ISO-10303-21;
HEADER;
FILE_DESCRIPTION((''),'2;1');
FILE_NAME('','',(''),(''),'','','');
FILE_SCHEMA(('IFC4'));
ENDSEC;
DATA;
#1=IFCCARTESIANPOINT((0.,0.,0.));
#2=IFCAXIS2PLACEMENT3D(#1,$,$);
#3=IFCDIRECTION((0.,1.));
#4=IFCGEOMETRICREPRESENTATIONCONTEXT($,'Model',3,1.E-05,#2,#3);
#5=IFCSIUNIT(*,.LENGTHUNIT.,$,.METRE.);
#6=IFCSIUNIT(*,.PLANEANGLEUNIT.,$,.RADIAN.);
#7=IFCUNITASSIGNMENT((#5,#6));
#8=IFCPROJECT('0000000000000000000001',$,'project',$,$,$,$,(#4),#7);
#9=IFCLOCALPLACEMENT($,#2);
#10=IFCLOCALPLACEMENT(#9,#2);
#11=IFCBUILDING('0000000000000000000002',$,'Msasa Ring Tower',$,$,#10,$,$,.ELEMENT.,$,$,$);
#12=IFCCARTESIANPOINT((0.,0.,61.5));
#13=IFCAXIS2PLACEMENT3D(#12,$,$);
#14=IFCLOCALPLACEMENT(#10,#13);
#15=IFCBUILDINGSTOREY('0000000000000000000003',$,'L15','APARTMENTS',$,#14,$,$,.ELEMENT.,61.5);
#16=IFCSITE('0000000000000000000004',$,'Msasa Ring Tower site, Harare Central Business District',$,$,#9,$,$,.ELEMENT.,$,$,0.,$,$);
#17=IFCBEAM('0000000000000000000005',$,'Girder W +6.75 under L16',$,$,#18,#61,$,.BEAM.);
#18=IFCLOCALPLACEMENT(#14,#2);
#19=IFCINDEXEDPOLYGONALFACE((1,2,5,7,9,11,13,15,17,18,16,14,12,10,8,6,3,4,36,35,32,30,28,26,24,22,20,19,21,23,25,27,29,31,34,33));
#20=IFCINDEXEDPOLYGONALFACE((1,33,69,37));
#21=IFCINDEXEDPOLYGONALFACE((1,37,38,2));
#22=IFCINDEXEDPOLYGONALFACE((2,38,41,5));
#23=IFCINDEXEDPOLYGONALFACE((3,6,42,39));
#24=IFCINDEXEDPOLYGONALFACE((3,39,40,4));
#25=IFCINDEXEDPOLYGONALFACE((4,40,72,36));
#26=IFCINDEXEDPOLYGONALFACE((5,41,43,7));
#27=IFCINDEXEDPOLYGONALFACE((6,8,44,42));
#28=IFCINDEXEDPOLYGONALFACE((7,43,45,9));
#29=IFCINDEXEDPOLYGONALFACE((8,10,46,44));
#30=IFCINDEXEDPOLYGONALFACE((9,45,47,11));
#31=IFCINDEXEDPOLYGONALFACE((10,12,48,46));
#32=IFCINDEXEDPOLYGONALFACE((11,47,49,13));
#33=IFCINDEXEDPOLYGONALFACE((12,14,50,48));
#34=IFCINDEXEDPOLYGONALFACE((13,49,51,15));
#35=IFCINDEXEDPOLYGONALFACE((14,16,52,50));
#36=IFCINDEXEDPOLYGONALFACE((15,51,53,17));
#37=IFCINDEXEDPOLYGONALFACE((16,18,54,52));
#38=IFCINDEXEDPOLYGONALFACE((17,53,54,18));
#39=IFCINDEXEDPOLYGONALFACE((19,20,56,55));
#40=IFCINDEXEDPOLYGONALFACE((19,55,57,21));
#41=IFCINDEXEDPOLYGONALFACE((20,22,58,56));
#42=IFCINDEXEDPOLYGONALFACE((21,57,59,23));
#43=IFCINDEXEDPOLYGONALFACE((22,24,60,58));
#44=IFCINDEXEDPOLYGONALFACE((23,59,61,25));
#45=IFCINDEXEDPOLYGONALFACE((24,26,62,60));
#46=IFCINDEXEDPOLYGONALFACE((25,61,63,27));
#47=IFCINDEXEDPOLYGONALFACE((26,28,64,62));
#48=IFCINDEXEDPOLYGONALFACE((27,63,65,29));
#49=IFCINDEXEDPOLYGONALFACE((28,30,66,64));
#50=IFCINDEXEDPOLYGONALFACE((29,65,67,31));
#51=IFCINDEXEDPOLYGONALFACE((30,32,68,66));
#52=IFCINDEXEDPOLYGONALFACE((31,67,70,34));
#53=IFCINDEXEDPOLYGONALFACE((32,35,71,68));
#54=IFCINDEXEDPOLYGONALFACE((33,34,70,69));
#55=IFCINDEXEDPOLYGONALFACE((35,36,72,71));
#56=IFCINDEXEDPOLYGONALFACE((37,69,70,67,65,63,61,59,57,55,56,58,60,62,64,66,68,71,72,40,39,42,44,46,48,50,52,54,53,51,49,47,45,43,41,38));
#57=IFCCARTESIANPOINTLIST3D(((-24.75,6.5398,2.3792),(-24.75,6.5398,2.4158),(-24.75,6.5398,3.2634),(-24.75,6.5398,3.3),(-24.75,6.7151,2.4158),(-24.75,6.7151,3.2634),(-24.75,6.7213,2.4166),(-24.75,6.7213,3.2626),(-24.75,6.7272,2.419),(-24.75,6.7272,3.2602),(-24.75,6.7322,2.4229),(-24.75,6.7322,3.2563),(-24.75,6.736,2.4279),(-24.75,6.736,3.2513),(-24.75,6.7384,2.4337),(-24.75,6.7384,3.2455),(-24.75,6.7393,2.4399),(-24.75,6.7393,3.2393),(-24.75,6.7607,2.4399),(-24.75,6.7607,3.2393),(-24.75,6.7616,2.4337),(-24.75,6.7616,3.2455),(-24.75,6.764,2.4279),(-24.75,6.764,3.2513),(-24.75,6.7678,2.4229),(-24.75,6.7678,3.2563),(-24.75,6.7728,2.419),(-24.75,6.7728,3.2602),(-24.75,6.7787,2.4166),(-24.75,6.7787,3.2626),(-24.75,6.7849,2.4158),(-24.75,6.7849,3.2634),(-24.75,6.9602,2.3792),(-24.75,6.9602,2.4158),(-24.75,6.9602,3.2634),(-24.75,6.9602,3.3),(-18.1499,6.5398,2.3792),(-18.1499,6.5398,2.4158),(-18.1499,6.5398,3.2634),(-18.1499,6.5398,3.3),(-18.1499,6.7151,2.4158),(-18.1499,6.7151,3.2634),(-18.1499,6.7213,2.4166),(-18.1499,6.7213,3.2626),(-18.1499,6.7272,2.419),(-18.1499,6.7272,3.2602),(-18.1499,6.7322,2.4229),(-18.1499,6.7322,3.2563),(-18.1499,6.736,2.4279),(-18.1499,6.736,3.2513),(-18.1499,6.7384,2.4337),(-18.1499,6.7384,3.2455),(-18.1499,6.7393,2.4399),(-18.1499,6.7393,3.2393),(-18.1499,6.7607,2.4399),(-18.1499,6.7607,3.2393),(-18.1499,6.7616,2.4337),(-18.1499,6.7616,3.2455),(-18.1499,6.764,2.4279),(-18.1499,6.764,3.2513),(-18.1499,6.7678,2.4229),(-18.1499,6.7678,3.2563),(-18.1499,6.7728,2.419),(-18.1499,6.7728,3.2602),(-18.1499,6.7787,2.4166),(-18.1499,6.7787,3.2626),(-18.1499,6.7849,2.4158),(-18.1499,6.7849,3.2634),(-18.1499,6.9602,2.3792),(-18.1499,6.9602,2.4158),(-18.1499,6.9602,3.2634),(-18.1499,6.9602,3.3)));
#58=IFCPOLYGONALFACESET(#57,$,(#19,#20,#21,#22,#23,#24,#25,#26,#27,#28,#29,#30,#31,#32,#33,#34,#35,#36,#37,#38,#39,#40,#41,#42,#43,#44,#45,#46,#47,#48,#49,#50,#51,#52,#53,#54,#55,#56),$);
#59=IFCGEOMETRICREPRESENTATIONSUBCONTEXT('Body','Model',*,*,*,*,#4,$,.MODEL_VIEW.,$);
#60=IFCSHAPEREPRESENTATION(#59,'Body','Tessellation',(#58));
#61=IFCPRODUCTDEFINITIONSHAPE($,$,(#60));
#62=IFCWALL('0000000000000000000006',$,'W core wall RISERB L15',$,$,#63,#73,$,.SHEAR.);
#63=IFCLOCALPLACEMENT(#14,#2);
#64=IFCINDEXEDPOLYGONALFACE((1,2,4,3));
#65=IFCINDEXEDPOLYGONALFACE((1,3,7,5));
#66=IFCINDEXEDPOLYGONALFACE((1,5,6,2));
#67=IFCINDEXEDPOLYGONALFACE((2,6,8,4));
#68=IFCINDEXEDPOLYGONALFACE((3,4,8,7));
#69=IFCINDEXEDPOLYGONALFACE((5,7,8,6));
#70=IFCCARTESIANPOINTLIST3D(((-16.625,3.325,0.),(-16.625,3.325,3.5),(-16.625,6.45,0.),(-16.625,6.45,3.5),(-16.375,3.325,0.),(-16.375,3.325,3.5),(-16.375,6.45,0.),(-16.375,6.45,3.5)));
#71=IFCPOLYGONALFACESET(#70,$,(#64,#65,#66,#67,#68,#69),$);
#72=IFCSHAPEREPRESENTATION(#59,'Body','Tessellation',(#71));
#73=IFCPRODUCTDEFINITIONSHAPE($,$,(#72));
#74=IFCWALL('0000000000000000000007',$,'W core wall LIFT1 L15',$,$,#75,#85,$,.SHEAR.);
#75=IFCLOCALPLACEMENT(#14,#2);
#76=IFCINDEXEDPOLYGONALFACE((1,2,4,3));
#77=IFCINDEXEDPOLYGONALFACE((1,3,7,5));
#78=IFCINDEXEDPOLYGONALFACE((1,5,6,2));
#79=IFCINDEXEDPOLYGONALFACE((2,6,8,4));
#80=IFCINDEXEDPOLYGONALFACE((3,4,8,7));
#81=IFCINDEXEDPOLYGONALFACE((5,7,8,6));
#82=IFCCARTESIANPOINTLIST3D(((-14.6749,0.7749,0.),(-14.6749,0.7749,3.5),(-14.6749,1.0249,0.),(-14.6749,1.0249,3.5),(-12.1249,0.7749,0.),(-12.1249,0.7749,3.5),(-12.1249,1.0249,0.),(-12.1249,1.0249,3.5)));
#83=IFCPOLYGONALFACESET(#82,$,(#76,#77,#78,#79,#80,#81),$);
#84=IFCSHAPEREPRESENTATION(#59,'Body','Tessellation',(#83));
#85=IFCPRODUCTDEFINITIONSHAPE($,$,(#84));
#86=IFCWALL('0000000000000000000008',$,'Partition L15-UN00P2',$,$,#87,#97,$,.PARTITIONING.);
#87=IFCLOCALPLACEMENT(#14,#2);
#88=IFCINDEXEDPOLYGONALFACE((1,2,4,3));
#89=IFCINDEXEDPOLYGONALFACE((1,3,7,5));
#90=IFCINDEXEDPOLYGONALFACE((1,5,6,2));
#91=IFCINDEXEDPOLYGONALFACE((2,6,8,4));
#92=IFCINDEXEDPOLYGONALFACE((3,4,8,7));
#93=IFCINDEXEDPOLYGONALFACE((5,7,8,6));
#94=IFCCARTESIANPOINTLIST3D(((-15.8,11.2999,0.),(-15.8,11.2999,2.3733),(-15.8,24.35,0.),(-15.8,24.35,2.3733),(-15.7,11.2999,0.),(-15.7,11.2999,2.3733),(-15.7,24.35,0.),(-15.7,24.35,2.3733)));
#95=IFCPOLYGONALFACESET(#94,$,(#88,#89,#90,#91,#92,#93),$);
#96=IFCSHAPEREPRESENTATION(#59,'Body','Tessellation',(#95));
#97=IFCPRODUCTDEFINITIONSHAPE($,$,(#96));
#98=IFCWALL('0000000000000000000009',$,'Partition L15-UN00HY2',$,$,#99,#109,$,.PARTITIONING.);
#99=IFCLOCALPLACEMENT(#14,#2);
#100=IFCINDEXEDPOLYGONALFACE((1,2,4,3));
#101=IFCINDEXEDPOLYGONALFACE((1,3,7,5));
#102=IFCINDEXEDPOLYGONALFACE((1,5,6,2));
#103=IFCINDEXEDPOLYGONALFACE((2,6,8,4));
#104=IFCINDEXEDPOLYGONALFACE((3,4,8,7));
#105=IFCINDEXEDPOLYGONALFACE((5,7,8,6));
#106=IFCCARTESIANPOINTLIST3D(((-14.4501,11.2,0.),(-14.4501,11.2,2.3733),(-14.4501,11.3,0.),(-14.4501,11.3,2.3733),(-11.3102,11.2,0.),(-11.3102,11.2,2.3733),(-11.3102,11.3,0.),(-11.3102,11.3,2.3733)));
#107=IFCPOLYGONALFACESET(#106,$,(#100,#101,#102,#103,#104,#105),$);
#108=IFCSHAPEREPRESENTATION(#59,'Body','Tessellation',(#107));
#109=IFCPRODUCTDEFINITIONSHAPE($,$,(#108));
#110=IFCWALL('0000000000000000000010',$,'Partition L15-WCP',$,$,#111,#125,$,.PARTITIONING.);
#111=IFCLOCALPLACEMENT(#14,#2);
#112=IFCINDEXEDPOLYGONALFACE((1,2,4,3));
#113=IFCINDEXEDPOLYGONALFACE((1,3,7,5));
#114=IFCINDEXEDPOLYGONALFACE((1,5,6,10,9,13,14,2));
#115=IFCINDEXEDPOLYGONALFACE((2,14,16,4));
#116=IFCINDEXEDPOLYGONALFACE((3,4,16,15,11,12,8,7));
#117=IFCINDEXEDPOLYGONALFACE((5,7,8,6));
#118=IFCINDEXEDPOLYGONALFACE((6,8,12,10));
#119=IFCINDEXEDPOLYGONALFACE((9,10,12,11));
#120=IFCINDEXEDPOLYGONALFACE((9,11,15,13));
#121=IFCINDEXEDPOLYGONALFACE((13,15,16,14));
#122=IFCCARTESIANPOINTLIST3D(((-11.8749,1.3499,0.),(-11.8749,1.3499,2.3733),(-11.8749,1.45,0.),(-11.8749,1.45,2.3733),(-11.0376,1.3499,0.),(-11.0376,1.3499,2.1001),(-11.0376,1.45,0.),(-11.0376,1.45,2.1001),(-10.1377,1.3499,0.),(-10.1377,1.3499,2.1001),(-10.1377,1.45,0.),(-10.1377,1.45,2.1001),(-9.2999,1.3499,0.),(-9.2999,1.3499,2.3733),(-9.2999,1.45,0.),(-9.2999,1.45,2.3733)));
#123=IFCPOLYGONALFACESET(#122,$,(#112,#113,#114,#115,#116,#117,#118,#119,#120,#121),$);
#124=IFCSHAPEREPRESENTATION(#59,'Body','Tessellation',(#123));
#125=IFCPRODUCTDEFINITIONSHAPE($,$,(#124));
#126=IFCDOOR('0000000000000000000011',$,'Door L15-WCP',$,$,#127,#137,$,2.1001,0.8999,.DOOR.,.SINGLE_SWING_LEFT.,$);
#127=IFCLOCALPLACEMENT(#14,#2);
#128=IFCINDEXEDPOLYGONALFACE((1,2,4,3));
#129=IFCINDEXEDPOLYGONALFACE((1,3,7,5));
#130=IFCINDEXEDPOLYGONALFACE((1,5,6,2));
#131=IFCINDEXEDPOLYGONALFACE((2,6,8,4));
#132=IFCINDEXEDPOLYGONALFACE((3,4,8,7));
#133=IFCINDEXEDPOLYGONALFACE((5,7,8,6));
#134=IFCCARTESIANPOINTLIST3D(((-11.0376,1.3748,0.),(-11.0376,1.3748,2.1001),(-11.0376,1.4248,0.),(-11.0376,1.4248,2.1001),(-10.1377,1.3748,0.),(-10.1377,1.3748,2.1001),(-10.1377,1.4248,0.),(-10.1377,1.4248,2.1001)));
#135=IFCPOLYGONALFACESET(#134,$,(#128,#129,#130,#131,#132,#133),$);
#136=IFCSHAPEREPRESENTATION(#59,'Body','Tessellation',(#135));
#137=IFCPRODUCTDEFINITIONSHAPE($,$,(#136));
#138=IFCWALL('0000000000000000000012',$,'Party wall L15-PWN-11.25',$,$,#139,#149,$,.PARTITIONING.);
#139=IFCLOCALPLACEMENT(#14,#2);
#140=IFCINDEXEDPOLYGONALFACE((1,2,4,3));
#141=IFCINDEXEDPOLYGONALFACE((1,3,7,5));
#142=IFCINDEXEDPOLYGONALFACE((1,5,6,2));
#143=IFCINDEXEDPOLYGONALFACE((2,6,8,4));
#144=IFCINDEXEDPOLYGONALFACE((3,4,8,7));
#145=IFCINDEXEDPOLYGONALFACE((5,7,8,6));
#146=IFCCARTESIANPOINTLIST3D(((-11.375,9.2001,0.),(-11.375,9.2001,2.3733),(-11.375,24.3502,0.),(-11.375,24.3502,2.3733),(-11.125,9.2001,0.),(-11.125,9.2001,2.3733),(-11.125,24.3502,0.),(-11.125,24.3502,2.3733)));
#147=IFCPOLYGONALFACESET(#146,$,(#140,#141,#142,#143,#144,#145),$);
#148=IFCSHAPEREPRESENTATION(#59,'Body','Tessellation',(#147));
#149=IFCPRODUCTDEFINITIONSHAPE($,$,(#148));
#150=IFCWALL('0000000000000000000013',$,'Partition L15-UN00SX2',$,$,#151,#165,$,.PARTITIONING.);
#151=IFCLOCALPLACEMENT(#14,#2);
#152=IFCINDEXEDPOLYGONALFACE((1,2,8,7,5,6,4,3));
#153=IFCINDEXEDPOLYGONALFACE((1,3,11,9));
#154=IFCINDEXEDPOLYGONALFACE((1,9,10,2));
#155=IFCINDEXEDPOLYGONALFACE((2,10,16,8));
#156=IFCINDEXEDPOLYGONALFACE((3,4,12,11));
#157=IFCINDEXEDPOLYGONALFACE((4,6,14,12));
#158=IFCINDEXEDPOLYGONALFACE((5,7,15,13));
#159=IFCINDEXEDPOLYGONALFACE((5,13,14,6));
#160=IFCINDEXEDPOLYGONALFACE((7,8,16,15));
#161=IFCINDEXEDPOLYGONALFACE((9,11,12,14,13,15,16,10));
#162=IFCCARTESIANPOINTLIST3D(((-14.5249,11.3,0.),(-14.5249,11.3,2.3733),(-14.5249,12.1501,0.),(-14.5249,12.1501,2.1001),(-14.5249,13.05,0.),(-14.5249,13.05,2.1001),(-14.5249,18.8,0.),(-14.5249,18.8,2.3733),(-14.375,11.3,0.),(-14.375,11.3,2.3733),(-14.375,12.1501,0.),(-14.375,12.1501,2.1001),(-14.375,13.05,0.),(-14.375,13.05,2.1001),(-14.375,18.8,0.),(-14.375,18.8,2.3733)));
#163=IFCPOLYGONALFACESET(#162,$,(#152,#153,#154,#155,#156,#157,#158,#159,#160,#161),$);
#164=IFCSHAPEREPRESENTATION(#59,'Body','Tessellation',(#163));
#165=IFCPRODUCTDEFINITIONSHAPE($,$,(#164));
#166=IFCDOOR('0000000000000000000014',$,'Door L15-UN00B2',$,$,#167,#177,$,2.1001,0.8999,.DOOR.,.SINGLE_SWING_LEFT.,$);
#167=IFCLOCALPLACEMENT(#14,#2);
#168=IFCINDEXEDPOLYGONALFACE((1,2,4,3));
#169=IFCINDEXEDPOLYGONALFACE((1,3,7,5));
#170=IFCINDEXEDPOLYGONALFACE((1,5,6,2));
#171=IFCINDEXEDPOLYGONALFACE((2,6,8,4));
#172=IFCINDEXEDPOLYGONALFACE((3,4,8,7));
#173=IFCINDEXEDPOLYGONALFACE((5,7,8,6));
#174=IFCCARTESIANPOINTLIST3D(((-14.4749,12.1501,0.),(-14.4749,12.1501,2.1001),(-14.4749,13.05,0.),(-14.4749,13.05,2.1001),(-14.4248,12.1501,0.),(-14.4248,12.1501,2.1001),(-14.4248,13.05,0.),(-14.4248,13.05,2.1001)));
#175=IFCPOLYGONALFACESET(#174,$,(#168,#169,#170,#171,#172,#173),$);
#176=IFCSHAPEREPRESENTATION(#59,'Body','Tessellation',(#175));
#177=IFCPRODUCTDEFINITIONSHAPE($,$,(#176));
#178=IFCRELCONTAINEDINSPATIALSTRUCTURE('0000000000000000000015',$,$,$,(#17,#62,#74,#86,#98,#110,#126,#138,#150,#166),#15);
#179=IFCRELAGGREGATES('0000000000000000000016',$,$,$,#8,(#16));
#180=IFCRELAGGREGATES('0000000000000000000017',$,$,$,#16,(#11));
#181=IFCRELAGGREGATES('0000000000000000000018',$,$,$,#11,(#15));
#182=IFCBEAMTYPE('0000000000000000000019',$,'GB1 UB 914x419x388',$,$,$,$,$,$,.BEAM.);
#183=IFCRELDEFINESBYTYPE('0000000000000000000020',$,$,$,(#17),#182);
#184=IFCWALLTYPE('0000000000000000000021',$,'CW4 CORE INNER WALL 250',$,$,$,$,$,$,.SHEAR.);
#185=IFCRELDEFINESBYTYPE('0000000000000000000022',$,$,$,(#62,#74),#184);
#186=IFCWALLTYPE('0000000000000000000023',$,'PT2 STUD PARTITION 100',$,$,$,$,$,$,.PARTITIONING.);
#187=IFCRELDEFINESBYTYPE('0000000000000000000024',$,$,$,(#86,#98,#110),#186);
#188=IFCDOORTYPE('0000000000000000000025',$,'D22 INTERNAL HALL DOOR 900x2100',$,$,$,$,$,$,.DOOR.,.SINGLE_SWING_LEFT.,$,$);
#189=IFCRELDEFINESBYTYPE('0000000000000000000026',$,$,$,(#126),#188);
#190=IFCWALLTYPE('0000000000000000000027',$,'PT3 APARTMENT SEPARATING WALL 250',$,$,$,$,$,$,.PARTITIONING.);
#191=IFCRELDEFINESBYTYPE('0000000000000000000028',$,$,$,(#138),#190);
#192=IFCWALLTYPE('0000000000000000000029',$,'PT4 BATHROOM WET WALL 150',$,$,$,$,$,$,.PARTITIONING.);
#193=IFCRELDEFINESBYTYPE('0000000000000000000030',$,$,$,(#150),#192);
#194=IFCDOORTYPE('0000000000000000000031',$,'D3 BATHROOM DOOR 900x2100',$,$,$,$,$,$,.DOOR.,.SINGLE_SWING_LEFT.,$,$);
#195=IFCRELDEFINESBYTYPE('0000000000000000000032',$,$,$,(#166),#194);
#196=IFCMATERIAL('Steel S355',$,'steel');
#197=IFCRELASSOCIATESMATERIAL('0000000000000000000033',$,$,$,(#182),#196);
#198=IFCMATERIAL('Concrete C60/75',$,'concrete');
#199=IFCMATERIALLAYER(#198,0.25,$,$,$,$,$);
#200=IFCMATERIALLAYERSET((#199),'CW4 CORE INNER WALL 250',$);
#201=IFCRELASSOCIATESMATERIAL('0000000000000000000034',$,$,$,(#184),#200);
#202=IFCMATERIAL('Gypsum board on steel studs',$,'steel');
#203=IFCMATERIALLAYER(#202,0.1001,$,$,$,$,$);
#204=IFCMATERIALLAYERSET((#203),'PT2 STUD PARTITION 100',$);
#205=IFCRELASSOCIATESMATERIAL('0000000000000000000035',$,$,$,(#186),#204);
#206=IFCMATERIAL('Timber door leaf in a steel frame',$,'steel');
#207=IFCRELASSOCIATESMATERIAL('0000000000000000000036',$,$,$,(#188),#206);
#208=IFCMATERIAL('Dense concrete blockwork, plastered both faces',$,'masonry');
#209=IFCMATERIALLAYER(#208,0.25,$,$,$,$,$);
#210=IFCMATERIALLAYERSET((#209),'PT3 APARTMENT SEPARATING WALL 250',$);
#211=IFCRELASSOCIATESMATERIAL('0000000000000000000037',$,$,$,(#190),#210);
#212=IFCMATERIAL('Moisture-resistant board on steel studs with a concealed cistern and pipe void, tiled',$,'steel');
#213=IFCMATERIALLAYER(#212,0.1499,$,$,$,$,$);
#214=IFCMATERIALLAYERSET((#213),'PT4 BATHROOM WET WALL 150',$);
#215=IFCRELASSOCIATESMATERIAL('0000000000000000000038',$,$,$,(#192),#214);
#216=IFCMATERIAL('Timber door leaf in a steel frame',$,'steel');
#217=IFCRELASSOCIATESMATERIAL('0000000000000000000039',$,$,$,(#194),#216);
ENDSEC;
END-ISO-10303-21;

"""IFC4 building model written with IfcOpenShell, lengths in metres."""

from ifc_helpers import new_model, si_unit, direction, frame, frame_2d, origin, origin_2d, place, context, subcontext, project, spatial, rectangle, i_section, extrude, material, layer, layer_set, material_profile, profile_set, type_object, element, fill, save


model = new_model("IFC4")

# Units and contexts
model_context = context("Model", 3, precision=1e-05, world=origin(), true_north=direction((0.0, 1.0)))
body_context = subcontext(model_context, "Body", "Model", "MODEL_VIEW")
ifc_project = project(units=[si_unit("LENGTHUNIT", "METRE"), si_unit("PLANEANGLEUNIT", "RADIAN")], contexts=[model_context])

# Site, building, storey
site_placement = place(None, origin())
site = spatial("IfcSite", under=ifc_project, at=site_placement, Name="Msasa Ring Tower site, Harare Central Business District", CompositionType="ELEMENT", RefElevation=0.0)
building_placement = place(site_placement, origin())
building = spatial("IfcBuilding", under=site, at=building_placement, Name="Msasa Ring Tower", CompositionType="ELEMENT")
storey_placement = place(building_placement, frame((0.0, 0.0, 61.5)))
storey = spatial("IfcBuildingStorey", under=building, at=storey_placement, Name="L15", Description="APARTMENTS", CompositionType="ELEMENT", Elevation=61.5)

# Beam
ifc_material_1 = material(Name="Steel S355", Category="steel")
ifc_material_profile = material_profile(ifc_material_1, i_section(OverallWidth=0.4204, OverallDepth=0.9209, WebThickness=0.0215, FlangeThickness=0.0366, FilletRadius=0.0242, at=origin_2d()), Name="UB 914x419x388")
ifc_profile_set = profile_set([ifc_material_profile], Name="Steel S355")
beam_type = type_object("IfcBeamType", Name="GB1 UB 914x419x388", PredefinedType="BEAM", material=ifc_profile_set)
beam_placement = place(storey_placement, frame((-18.1499, 6.75, 2.8396), z_axis=(-1.0, 0.0, 0.0), x_axis=(0.0, -1.0, 0.0)))
element("IfcBeam", 1, at=beam_placement, inside=storey, type_object=beam_type, Name="Girder W +6.75 under L16", PredefinedType="BEAM", context=body_context, shape_type="SweptSolid", body=[
    extrude(i_section(OverallWidth=0.4204, OverallDepth=0.9209, WebThickness=0.0215, FlangeThickness=0.0366, FilletRadius=0.0242, at=origin_2d()), origin(), (0.0, 0.0, 1.0), 6.6001),
])

# Walls
ifc_material_2 = material(Name="Concrete C60/75", Category="concrete")
ifc_layer_1 = layer(ifc_material_2, 0.25)
ifc_layer_set_1 = layer_set([ifc_layer_1], Name="CW4 CORE INNER WALL 250")
wall_type_1 = type_object("IfcWallType", Name="CW4 CORE INNER WALL 250", PredefinedType="SHEAR", material=ifc_layer_set_1)
wall_1_placement = place(storey_placement, frame((-16.5, 3.325, 0.0), z_axis=(0.0, 0.0, 1.0), x_axis=(0.0, 1.0, 0.0)))
element("IfcWall", 2, at=wall_1_placement, inside=storey, type_object=wall_type_1, Name="W core wall RISERB L15", PredefinedType="SHEAR", context=body_context, shape_type="SweptSolid", body=[
    extrude(rectangle(XDim=3.125, YDim=0.25, at=frame_2d((1.5625, 0.0))), origin(), (0.0, 0.0, 1.0), 3.5),
])
wall_2_placement = place(storey_placement, frame((-12.125, 0.8999, 0.0), z_axis=(0.0, 0.0, 1.0), x_axis=(-1.0, 0.0, 0.0)))
element("IfcWall", 3, at=wall_2_placement, inside=storey, type_object=wall_type_1, Name="W core wall LIFT1 L15", PredefinedType="SHEAR", context=body_context, shape_type="SweptSolid", body=[
    extrude(rectangle(XDim=2.55, YDim=0.25, at=frame_2d((1.2749, 0.0))), origin(), (0.0, 0.0, 1.0), 3.5),
])
ifc_material_3 = material(Name="Gypsum board on steel studs", Category="steel")
ifc_layer_2 = layer(ifc_material_3, 0.1001)
ifc_layer_set_2 = layer_set([ifc_layer_2], Name="PT2 STUD PARTITION 100")
wall_type_2 = type_object("IfcWallType", Name="PT2 STUD PARTITION 100", PredefinedType="PARTITIONING", material=ifc_layer_set_2)
wall_3_placement = place(storey_placement, frame((-15.75, 11.3, 0.0), z_axis=(0.0, 0.0, 1.0), x_axis=(0.0, 1.0, 0.0)))
element("IfcWall", 4, at=wall_3_placement, inside=storey, type_object=wall_type_2, Name="Partition L15-UN00P2", PredefinedType="PARTITIONING", context=body_context, shape_type="SweptSolid", body=[
    extrude(rectangle(XDim=13.05, YDim=0.1001, at=frame_2d((6.5249, 0.0))), origin(), (0.0, 0.0, 1.0), 2.3733),
])
wall_4_placement = place(storey_placement, frame((-14.45, 11.25, 0.0), z_axis=(0.0, 0.0, 1.0), x_axis=(1.0, 0.0, 0.0)))
element("IfcWall", 5, at=wall_4_placement, inside=storey, type_object=wall_type_2, Name="Partition L15-UN00HY2", PredefinedType="PARTITIONING", context=body_context, shape_type="SweptSolid", body=[
    extrude(rectangle(XDim=3.1399, YDim=0.1001, at=frame_2d((1.5698, 0.0))), origin(), (0.0, 0.0, 1.0), 2.3733),
])

# Wall, opening, door
wall_5_placement = place(storey_placement, frame((-11.875, 1.3999, 0.0), z_axis=(0.0, 0.0, 1.0), x_axis=(1.0, 0.0, 0.0)))
wall_5 = element("IfcWall", 6, at=wall_5_placement, inside=storey, type_object=wall_type_2, Name="Partition L15-WCP", PredefinedType="PARTITIONING", context=body_context, shape_type="SweptSolid", body=[
    extrude(rectangle(XDim=2.575, YDim=0.1001, at=frame_2d((1.2876, 0.0))), origin(), (0.0, 0.0, 1.0), 2.3733),
])
opening_1_placement = place(wall_5_placement, frame((0.8374, 0.0, 0.0)))
opening_1 = element("IfcOpeningElement", 7, at=opening_1_placement, cuts=wall_5, PredefinedType="OPENING", context=body_context, shape_type="SweptSolid", body=[
    extrude(rectangle(XDim=0.8999, YDim=2.1001, at=frame_2d((0.45, 1.05))), frame((0.0, 0.0601, 0.0), z_axis=(0.0, -1.0, 0.0), x_axis=(1.0, 0.0, 0.0)), (0.0, 0.0, 1.0), 0.1201),
])
ifc_material_4 = material(Name="Timber door leaf in a steel frame", Category="steel")
door_type_1 = type_object("IfcDoorType", Name="D22 INTERNAL HALL DOOR 900x2100", OperationType="SINGLE_SWING_LEFT", PredefinedType="DOOR", material=ifc_material_4)
door_1_placement = place(opening_1_placement, origin())
door_1 = element("IfcDoor", 8, at=door_1_placement, inside=storey, type_object=door_type_1, Name="Door L15-WCP", OperationType="SINGLE_SWING_LEFT", OverallHeight=2.1001, OverallWidth=0.8999, PredefinedType="DOOR", context=body_context, shape_type="SweptSolid", body=[
    extrude(rectangle(XDim=0.8999, YDim=2.1001, at=frame_2d((0.45, 1.05))), frame((0.0, 0.0249, 0.0), z_axis=(0.0, -1.0, 0.0), x_axis=(1.0, 0.0, 0.0)), (0.0, 0.0, 1.0), 0.05),
])
fill(opening_1, door_1)

# Wall
ifc_material_5 = material(Name="Dense concrete blockwork, plastered both faces", Category="masonry")
ifc_layer_3 = layer(ifc_material_5, 0.25)
ifc_layer_set_3 = layer_set([ifc_layer_3], Name="PT3 APARTMENT SEPARATING WALL 250")
wall_type_3 = type_object("IfcWallType", Name="PT3 APARTMENT SEPARATING WALL 250", PredefinedType="PARTITIONING", material=ifc_layer_set_3)
wall_6_placement = place(storey_placement, frame((-11.25, 9.2, 0.0), z_axis=(0.0, 0.0, 1.0), x_axis=(0.0, 1.0, 0.0)))
element("IfcWall", 9, at=wall_6_placement, inside=storey, type_object=wall_type_3, Name="Party wall L15-PWN-11.25", PredefinedType="PARTITIONING", context=body_context, shape_type="SweptSolid", body=[
    extrude(rectangle(XDim=15.1501, YDim=0.25, at=frame_2d((7.5752, 0.0))), origin(), (0.0, 0.0, 1.0), 2.3733),
])

# Wall, opening, door
ifc_material_6 = material(Name="Moisture-resistant board on steel studs with a concealed cistern and pipe void, tiled", Category="steel")
ifc_layer_4 = layer(ifc_material_6, 0.1499)
ifc_layer_set_4 = layer_set([ifc_layer_4], Name="PT4 BATHROOM WET WALL 150")
wall_type_4 = type_object("IfcWallType", Name="PT4 BATHROOM WET WALL 150", PredefinedType="PARTITIONING", material=ifc_layer_set_4)
wall_7_placement = place(storey_placement, frame((-14.45, 11.3, 0.0), z_axis=(0.0, 0.0, 1.0), x_axis=(0.0, 1.0, 0.0)))
wall_7 = element("IfcWall", 10, at=wall_7_placement, inside=storey, type_object=wall_type_4, Name="Partition L15-UN00SX2", PredefinedType="PARTITIONING", context=body_context, shape_type="SweptSolid", body=[
    extrude(rectangle(XDim=7.5, YDim=0.1499, at=frame_2d((3.75, 0.0))), origin(), (0.0, 0.0, 1.0), 2.3733),
])
opening_2_placement = place(wall_7_placement, frame((0.8501, 0.0, 0.0)))
opening_2 = element("IfcOpeningElement", 11, at=opening_2_placement, cuts=wall_7, PredefinedType="OPENING", context=body_context, shape_type="SweptSolid", body=[
    extrude(rectangle(XDim=0.8999, YDim=2.1001, at=frame_2d((0.45, 1.05))), frame((0.0, 0.085, 0.0), z_axis=(0.0, -1.0, 0.0), x_axis=(1.0, 0.0, 0.0)), (0.0, 0.0, 1.0), 0.1699),
])
ifc_material_7 = material(Name="Timber door leaf in a steel frame", Category="steel")
door_type_2 = type_object("IfcDoorType", Name="D3 BATHROOM DOOR 900x2100", OperationType="SINGLE_SWING_LEFT", PredefinedType="DOOR", material=ifc_material_7)
door_2_placement = place(opening_2_placement, origin())
door_2 = element("IfcDoor", 12, at=door_2_placement, inside=storey, type_object=door_type_2, Name="Door L15-UN00B2", OperationType="SINGLE_SWING_LEFT", OverallHeight=2.1001, OverallWidth=0.8999, PredefinedType="DOOR", context=body_context, shape_type="SweptSolid", body=[
    extrude(rectangle(XDim=0.8999, YDim=2.1001, at=frame_2d((0.45, 1.05))), frame((0.0, 0.0249, 0.0), z_axis=(0.0, -1.0, 0.0), x_axis=(1.0, 0.0, 0.0)), (0.0, 0.0, 1.0), 0.05),
])
fill(opening_2, door_2)

save(model, "model.ifc")
